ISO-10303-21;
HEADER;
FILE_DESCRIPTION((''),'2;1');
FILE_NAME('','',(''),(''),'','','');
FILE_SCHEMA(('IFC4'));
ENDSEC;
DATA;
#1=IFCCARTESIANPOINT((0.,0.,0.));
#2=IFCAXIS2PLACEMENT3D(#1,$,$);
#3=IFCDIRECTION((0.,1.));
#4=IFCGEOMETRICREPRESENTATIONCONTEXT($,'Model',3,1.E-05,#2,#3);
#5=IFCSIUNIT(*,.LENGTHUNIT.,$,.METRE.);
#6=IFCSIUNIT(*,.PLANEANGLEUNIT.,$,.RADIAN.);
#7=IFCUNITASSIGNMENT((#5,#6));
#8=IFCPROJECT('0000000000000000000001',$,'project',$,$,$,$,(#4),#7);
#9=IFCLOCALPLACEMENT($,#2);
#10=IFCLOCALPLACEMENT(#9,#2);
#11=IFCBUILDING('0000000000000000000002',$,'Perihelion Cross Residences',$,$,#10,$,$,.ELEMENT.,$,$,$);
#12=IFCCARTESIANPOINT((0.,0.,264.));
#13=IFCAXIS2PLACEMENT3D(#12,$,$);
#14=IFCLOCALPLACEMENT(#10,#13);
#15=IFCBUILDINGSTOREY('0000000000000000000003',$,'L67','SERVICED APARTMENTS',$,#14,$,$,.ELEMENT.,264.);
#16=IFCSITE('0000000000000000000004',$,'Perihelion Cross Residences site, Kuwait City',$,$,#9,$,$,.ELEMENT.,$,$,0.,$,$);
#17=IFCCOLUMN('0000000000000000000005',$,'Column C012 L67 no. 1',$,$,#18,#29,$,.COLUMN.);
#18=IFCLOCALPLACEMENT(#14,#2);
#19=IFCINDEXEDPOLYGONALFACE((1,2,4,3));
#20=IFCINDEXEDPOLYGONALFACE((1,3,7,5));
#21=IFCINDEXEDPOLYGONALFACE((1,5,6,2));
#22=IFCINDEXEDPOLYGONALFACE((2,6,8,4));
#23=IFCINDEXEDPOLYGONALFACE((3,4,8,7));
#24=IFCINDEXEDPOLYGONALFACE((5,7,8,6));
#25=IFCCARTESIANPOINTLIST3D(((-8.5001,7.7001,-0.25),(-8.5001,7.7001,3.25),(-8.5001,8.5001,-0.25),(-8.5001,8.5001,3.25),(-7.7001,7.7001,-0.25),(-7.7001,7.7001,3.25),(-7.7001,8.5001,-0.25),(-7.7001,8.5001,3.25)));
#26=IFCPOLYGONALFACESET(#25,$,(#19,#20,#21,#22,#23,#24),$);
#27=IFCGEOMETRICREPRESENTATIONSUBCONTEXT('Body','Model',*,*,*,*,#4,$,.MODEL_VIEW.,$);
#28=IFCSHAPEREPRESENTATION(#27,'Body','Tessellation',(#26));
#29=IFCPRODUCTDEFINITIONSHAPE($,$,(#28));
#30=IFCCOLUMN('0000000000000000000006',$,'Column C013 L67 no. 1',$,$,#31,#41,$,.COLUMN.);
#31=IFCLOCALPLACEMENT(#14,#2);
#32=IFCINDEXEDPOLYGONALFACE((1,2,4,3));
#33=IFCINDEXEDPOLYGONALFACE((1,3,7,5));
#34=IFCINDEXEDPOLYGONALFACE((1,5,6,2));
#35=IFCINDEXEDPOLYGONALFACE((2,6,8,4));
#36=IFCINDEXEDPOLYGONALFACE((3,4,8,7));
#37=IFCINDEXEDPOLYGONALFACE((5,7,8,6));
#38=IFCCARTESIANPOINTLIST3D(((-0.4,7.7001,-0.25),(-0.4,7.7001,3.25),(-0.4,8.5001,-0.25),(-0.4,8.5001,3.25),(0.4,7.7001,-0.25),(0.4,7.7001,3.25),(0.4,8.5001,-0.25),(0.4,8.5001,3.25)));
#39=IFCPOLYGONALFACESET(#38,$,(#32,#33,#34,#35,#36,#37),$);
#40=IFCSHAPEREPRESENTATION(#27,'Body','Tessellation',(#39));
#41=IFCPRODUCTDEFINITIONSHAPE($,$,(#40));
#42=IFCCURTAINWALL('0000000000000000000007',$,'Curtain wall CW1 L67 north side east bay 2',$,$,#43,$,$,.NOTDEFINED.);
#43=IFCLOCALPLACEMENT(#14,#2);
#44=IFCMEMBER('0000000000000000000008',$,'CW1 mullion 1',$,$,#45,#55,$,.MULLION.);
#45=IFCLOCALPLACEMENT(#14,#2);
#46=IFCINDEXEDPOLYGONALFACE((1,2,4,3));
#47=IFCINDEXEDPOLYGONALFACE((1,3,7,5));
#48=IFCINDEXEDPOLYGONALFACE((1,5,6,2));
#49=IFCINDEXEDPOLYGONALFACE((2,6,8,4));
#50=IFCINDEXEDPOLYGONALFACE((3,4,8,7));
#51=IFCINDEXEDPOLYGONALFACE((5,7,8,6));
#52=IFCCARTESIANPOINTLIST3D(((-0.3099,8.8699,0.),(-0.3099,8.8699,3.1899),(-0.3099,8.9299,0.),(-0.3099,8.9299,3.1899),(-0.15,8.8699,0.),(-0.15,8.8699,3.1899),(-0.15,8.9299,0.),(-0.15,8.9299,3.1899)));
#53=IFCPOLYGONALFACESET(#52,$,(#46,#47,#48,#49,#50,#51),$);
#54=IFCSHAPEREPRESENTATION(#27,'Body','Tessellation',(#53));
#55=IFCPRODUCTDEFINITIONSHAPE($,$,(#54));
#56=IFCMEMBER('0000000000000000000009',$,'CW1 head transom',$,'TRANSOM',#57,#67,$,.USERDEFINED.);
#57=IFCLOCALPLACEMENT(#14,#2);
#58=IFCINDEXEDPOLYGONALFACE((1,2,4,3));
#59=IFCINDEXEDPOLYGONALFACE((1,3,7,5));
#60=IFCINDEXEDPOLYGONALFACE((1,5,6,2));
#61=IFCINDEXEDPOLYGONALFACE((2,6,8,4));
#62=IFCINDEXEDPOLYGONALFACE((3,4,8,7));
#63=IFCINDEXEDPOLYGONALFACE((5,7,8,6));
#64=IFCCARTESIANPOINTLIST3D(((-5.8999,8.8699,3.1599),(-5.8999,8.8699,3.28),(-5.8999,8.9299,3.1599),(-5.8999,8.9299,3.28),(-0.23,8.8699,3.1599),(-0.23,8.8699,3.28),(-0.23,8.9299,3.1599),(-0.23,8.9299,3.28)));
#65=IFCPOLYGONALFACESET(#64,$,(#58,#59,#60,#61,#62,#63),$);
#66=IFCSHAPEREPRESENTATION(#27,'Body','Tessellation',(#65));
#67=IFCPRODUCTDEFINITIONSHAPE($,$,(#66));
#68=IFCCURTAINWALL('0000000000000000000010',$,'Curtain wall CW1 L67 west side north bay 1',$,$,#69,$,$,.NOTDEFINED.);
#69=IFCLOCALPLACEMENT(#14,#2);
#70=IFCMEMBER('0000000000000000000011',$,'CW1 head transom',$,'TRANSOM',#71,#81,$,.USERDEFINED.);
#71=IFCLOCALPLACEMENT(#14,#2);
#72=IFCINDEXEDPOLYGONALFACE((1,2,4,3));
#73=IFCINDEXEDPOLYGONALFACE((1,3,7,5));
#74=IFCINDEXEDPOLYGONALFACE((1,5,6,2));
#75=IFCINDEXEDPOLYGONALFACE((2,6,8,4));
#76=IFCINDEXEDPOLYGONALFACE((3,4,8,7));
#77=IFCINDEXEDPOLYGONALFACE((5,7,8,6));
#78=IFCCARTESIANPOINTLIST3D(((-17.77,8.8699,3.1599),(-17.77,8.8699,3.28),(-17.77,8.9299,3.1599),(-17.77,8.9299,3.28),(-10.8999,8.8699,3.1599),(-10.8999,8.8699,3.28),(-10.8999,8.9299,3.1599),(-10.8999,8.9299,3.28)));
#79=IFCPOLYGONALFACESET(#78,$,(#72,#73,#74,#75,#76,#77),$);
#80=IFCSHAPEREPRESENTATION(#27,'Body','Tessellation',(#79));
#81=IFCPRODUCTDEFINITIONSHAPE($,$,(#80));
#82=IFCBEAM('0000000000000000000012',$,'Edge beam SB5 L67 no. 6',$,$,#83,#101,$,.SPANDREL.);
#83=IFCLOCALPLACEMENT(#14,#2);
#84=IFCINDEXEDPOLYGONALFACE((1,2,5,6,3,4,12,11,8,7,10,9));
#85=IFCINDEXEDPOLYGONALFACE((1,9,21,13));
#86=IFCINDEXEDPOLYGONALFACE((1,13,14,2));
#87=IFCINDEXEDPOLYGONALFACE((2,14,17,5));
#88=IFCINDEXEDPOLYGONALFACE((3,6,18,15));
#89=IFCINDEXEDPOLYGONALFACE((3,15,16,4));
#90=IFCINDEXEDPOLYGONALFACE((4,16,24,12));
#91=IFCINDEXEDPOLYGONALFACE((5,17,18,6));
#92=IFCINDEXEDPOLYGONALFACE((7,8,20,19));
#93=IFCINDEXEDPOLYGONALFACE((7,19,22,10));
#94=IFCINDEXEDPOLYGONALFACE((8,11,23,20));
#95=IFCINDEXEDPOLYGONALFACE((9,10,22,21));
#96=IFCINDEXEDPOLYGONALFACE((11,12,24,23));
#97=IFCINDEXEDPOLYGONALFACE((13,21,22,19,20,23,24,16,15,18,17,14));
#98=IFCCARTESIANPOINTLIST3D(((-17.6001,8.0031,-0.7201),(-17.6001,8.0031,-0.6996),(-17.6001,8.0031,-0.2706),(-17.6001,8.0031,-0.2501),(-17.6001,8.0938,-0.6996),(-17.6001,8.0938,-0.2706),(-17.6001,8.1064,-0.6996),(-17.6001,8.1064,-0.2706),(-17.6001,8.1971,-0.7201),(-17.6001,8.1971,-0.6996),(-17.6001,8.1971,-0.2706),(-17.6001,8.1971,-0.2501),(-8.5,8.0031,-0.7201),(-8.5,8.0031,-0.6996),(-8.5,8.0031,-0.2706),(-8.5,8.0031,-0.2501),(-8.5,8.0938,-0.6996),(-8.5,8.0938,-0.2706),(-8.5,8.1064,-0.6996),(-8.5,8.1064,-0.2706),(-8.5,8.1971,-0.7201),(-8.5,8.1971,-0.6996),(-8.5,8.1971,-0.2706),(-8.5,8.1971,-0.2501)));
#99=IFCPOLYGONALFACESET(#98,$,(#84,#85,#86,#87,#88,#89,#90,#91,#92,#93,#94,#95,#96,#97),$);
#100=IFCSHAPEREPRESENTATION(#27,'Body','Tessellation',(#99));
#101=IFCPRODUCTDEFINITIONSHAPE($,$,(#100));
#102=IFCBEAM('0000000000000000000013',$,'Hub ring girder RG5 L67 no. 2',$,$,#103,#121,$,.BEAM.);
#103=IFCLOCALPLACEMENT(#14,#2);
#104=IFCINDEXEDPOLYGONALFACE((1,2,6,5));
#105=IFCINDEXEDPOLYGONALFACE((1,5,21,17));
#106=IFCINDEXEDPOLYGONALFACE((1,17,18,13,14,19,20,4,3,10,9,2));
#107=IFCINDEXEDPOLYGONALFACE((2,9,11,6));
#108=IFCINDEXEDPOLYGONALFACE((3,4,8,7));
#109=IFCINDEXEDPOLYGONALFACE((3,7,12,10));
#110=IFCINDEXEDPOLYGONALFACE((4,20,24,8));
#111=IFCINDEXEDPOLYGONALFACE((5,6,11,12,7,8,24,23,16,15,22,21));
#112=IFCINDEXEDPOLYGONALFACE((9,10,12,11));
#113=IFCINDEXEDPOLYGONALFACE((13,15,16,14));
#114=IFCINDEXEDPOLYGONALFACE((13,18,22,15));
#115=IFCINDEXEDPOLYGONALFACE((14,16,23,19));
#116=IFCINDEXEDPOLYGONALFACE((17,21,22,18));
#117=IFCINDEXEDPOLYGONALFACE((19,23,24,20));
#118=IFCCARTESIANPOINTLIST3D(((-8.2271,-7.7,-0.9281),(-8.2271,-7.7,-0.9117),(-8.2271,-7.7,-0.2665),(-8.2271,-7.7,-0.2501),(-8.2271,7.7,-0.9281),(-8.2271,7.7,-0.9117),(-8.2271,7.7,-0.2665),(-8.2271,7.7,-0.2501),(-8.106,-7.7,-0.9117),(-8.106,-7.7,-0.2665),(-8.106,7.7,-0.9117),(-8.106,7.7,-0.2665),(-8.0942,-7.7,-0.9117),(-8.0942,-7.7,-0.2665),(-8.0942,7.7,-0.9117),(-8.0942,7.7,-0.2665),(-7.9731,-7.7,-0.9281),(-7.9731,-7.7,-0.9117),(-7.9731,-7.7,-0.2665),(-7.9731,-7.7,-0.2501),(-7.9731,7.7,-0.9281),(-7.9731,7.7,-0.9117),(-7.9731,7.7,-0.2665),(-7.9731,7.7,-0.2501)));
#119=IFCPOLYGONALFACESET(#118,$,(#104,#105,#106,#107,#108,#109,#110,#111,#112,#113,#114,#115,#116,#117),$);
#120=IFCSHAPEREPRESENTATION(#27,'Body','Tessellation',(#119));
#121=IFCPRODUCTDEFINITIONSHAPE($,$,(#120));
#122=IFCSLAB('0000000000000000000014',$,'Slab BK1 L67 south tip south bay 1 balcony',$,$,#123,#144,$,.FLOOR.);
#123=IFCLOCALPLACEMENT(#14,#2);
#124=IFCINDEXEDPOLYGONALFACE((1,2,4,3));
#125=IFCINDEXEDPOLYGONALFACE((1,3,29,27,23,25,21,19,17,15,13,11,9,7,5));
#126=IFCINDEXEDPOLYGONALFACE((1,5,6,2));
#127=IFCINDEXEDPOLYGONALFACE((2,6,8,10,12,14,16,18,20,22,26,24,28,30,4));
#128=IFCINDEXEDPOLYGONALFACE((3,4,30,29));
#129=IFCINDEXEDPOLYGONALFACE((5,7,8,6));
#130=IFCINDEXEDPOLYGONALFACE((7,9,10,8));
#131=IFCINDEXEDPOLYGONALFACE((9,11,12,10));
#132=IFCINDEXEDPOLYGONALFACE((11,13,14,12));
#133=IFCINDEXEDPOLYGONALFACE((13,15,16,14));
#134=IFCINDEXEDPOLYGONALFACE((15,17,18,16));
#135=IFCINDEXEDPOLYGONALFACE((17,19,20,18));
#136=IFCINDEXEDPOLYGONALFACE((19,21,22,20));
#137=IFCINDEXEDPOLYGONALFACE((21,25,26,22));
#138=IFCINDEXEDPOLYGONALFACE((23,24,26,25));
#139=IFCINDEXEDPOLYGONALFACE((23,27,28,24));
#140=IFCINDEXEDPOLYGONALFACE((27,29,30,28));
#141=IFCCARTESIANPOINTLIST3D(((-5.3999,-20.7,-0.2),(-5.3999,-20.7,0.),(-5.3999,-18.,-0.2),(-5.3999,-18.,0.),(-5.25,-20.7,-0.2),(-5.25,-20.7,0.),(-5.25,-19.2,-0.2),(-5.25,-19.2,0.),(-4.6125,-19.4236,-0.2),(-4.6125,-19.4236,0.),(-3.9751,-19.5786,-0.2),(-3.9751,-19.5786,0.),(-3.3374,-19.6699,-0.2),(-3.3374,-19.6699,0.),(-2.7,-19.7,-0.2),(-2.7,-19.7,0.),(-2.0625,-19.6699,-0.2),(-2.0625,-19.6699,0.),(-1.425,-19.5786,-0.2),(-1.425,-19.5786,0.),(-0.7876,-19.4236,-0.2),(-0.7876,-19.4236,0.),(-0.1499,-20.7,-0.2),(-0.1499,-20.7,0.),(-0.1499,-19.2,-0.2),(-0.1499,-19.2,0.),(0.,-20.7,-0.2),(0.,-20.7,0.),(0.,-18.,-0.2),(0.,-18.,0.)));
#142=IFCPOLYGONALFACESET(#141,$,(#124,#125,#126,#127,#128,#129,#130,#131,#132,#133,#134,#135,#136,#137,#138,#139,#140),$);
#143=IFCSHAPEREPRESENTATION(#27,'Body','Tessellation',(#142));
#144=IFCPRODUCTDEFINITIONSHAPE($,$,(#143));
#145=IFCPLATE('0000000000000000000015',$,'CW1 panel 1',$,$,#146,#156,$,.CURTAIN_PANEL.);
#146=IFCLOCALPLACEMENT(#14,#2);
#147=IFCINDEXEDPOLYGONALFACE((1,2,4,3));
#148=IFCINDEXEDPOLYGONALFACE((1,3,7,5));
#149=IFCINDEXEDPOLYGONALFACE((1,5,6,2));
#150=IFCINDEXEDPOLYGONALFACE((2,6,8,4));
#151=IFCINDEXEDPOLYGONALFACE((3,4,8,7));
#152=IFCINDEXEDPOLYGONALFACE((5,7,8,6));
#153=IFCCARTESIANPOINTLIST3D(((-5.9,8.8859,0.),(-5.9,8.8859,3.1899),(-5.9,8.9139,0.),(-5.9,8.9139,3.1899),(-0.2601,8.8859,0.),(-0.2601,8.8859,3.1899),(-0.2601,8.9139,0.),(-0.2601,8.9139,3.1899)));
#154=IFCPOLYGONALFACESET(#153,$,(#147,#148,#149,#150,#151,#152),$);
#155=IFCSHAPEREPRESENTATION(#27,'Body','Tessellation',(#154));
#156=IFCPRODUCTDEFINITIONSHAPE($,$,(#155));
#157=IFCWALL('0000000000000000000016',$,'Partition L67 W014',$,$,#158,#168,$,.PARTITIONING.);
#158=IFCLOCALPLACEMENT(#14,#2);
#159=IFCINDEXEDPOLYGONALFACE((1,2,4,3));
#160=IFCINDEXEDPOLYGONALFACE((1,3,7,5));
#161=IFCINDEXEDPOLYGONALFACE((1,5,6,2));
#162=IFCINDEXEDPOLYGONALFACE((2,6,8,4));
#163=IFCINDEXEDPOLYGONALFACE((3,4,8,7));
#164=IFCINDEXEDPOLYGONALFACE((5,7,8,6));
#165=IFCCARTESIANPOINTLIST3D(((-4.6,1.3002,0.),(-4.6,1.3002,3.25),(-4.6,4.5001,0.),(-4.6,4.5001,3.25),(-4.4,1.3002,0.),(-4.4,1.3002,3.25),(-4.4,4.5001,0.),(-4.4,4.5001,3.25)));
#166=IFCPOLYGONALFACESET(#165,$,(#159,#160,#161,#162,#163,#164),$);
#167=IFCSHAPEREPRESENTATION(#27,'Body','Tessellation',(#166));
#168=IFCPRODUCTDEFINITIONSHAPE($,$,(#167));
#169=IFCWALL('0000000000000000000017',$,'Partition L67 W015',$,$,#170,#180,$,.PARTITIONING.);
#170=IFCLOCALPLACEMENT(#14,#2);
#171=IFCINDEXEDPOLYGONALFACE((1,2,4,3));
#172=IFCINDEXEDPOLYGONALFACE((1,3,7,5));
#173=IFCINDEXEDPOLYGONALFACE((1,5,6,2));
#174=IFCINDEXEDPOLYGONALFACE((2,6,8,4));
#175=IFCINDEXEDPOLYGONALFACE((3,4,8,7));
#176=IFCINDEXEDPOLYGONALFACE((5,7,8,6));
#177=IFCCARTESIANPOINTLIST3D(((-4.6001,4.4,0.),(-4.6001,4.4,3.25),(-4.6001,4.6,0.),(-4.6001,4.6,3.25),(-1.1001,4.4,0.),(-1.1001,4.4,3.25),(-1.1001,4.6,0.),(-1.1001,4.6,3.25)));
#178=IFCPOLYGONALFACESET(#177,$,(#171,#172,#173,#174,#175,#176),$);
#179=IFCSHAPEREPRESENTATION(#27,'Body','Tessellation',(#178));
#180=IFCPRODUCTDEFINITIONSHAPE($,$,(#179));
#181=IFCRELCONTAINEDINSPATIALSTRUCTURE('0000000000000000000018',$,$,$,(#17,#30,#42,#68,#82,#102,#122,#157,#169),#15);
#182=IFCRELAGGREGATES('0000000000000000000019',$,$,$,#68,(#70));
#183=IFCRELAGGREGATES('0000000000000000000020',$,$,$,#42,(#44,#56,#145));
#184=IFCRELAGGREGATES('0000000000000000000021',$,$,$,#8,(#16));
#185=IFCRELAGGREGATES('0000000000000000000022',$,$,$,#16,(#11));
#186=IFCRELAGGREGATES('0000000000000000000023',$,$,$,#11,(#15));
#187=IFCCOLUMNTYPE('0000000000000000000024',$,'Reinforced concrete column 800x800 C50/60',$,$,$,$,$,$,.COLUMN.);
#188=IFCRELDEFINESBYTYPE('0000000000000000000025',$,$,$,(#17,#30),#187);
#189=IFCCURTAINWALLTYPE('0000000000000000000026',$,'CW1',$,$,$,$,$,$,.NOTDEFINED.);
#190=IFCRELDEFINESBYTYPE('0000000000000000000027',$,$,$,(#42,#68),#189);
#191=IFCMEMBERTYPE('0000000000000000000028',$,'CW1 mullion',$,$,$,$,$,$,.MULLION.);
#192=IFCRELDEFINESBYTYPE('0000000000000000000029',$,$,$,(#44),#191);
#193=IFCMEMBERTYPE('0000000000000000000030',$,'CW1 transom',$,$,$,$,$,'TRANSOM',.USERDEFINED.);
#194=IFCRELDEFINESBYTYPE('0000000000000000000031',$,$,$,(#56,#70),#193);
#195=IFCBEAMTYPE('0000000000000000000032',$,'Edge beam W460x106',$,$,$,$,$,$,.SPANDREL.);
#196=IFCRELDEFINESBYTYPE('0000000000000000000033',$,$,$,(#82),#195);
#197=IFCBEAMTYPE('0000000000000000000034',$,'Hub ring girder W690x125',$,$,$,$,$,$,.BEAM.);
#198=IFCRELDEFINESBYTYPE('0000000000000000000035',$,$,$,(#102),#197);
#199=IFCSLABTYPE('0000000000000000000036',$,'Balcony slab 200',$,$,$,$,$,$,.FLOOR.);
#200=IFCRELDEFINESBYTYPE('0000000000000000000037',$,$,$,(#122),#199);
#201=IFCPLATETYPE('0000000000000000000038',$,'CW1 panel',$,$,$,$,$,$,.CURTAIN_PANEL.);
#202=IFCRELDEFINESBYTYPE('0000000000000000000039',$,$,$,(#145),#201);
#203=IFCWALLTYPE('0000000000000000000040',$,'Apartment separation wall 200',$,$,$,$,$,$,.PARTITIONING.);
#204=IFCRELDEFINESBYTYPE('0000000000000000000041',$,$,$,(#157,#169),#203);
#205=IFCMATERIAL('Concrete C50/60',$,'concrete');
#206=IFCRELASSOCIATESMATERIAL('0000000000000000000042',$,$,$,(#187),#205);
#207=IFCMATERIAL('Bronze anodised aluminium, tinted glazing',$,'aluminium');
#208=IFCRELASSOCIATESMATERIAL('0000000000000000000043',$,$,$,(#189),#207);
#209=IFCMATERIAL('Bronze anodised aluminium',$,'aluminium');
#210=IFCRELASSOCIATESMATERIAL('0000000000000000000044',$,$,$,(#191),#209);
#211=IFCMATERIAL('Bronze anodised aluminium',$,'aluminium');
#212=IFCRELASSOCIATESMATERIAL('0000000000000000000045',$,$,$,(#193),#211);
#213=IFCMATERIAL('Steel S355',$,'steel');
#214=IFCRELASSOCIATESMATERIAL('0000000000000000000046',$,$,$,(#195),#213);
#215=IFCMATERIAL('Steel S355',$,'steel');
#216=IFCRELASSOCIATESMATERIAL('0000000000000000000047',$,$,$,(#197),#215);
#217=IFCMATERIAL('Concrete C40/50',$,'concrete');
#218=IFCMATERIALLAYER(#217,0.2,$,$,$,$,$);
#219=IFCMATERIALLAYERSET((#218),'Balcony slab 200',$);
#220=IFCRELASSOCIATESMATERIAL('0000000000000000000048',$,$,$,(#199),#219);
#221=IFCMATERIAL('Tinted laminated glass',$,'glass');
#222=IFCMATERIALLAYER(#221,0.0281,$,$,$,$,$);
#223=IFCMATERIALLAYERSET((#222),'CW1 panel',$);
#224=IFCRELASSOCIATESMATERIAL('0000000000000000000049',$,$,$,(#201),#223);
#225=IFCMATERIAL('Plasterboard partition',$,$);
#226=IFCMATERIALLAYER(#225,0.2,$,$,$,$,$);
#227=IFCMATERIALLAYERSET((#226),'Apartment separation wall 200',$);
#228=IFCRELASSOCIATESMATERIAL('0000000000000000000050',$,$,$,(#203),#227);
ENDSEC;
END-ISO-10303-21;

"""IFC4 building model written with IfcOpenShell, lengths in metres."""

from ifc_helpers import new_model, si_unit, direction, frame, frame_2d, origin, origin_2d, place, context, subcontext, project, spatial, polyline, rectangle, i_section, outline, extrude, material, layer, layer_set, material_profile, profile_set, type_object, element, aggregate, save


model = new_model("IFC4")

# Units and contexts
model_context = context("Model", 3, precision=1e-05, world=origin(), true_north=direction((0.0, 1.0)))
body_context = subcontext(model_context, "Body", "Model", "MODEL_VIEW")
ifc_project = project(units=[si_unit("LENGTHUNIT", "METRE"), si_unit("PLANEANGLEUNIT", "RADIAN")], contexts=[model_context])

# Site, building, storey
site_placement = place(None, origin())
site = spatial("IfcSite", under=ifc_project, at=site_placement, Name="Perihelion Cross Residences site, Kuwait City", CompositionType="ELEMENT", RefElevation=0.0)
building_placement = place(site_placement, origin())
building = spatial("IfcBuilding", under=site, at=building_placement, Name="Perihelion Cross Residences", CompositionType="ELEMENT")
storey_placement = place(building_placement, frame((0.0, 0.0, 264.0)))
storey = spatial("IfcBuildingStorey", under=building, at=storey_placement, Name="L67", Description="SERVICED APARTMENTS", CompositionType="ELEMENT", Elevation=264.0)

# Columns
ifc_material_1 = material(Name="Concrete C50/60", Category="concrete")
ifc_material_profile_1 = material_profile(ifc_material_1, rectangle(XDim=0.8, YDim=0.8, at=origin_2d()), Name="RC 800x800")
ifc_profile_set_1 = profile_set([ifc_material_profile_1], Name="Concrete C50/60")
column_type = type_object("IfcColumnType", Name="Reinforced concrete column 800x800 C50/60", PredefinedType="COLUMN", material=ifc_profile_set_1)
for number, where, z_axis, x_axis, name in (
    (1, (-8.1001, 8.1001, -0.25), (0.0, 0.0, 1.0), (1.0, 0.0, 0.0), "Column C012 L67 no. 1"),
    (2, (0.0, 8.1001, -0.25), (0.0, 0.0, 1.0), (1.0, 0.0, 0.0), "Column C013 L67 no. 1"),
):
    element("IfcColumn", number, at=place(storey_placement, frame(where, z_axis=z_axis, x_axis=x_axis)), inside=storey, type_object=column_type, Name=name, PredefinedType="COLUMN", context=body_context, shape_type="SweptSolid", body=[
        extrude(rectangle(XDim=0.8, YDim=0.8, at=origin_2d()), origin(), (0.0, 0.0, 1.0), 3.5),
    ])

# Curtain wall, members
ifc_material_2 = material(Name="Bronze anodised aluminium, tinted glazing", Category="aluminium")
curtain_wall_type = type_object("IfcCurtainWallType", Name="CW1", PredefinedType="NOTDEFINED", material=ifc_material_2)
curtain_wall_1_placement = place(storey_placement, origin())
curtain_wall_1 = element("IfcCurtainWall", 3, at=curtain_wall_1_placement, inside=storey, type_object=curtain_wall_type, Name="Curtain wall CW1 L67 north side east bay 2", PredefinedType="NOTDEFINED")
ifc_material_3 = material(Name="Bronze anodised aluminium", Category="aluminium")
ifc_material_profile_2 = material_profile(ifc_material_3, rectangle(XDim=0.0601, YDim=0.1599, at=origin_2d()), Name="CW1 mullion")
ifc_profile_set_2 = profile_set([ifc_material_profile_2], Name="Bronze anodised aluminium")
member_type_1 = type_object("IfcMemberType", Name="CW1 mullion", PredefinedType="MULLION", material=ifc_profile_set_2)
member_1_placement = place(storey_placement, frame((-0.23, 8.8999, 0.0), z_axis=(0.0, 0.0, 1.0), x_axis=(0.0, -1.0, 0.0)))
member_1 = element("IfcMember", 4, at=member_1_placement, type_object=member_type_1, Name="CW1 mullion 1", PredefinedType="MULLION", context=body_context, shape_type="SweptSolid", body=[
    extrude(rectangle(XDim=0.0601, YDim=0.1599, at=origin_2d()), origin(), (0.0, 0.0, 1.0), 3.1899),
])
ifc_material_4 = material(Name="Bronze anodised aluminium", Category="aluminium")
ifc_material_profile_3 = material_profile(ifc_material_4, rectangle(XDim=0.0601, YDim=0.1201, at=origin_2d()), Name="CW1 transom")
ifc_profile_set_3 = profile_set([ifc_material_profile_3], Name="Bronze anodised aluminium")
member_type_2 = type_object("IfcMemberType", Name="CW1 transom", ElementType="TRANSOM", PredefinedType="USERDEFINED", material=ifc_profile_set_3)
member_2_placement = place(storey_placement, frame((-0.23, 8.8999, 3.22), z_axis=(-1.0, 0.0, 0.0), x_axis=(0.0, -1.0, 0.0)))
member_2 = element("IfcMember", 5, at=member_2_placement, type_object=member_type_2, Name="CW1 head transom", ObjectType="TRANSOM", PredefinedType="USERDEFINED", context=body_context, shape_type="SweptSolid", body=[
    extrude(rectangle(XDim=0.0601, YDim=0.1201, at=origin_2d()), origin(), (0.0, 0.0, 1.0), 5.6699),
])

# Curtain wall, member
curtain_wall_2_placement = place(storey_placement, origin())
curtain_wall_2 = element("IfcCurtainWall", 6, at=curtain_wall_2_placement, inside=storey, type_object=curtain_wall_type, Name="Curtain wall CW1 L67 west side north bay 1", PredefinedType="NOTDEFINED")
member_3_placement = place(storey_placement, frame((-10.8999, 8.8999, 3.22), z_axis=(-1.0, 0.0, 0.0), x_axis=(0.0, -1.0, 0.0)))
member_3 = element("IfcMember", 7, at=member_3_placement, type_object=member_type_2, Name="CW1 head transom", ObjectType="TRANSOM", PredefinedType="USERDEFINED", context=body_context, shape_type="SweptSolid", body=[
    extrude(rectangle(XDim=0.0601, YDim=0.1201, at=origin_2d()), origin(), (0.0, 0.0, 1.0), 6.8701),
])
aggregate(curtain_wall_2, [member_3])

# Beams
ifc_material_5 = material(Name="Steel S355", Category="steel")
ifc_material_profile_4 = material_profile(ifc_material_5, i_section(OverallWidth=0.1941, OverallDepth=0.47, WebThickness=0.0127, FlangeThickness=0.0205, at=origin_2d()), Name="W460x106")
ifc_profile_set_4 = profile_set([ifc_material_profile_4], Name="Steel S355")
beam_type_1 = type_object("IfcBeamType", Name="Edge beam W460x106", PredefinedType="SPANDREL", material=ifc_profile_set_4)
beam_1_placement = place(storey_placement, frame((-8.5, 8.1001, -0.4851), z_axis=(-1.0, 0.0, 0.0), x_axis=(0.0, -1.0, 0.0)))
element("IfcBeam", 8, at=beam_1_placement, inside=storey, type_object=beam_type_1, Name="Edge beam SB5 L67 no. 6", PredefinedType="SPANDREL", context=body_context, shape_type="SweptSolid", body=[
    extrude(i_section(OverallWidth=0.1941, OverallDepth=0.47, WebThickness=0.0127, FlangeThickness=0.0205, at=origin_2d()), origin(), (0.0, 0.0, 1.0), 9.1001),
])
ifc_material_6 = material(Name="Steel S355", Category="steel")
ifc_material_profile_5 = material_profile(ifc_material_6, i_section(OverallWidth=0.2539, OverallDepth=0.678, WebThickness=0.0117, FlangeThickness=0.0164, at=origin_2d()), Name="W690x125")
ifc_profile_set_5 = profile_set([ifc_material_profile_5], Name="Steel S355")
beam_type_2 = type_object("IfcBeamType", Name="Hub ring girder W690x125", PredefinedType="BEAM", material=ifc_profile_set_5)
beam_2_placement = place(storey_placement, frame((-8.1001, 7.7, -0.5891), z_axis=(0.0, -1.0, 0.0), x_axis=(1.0, 0.0, 0.0)))
element("IfcBeam", 9, at=beam_2_placement, inside=storey, type_object=beam_type_2, Name="Hub ring girder RG5 L67 no. 2", PredefinedType="BEAM", context=body_context, shape_type="SweptSolid", body=[
    extrude(i_section(OverallWidth=0.2539, OverallDepth=0.678, WebThickness=0.0117, FlangeThickness=0.0164, at=origin_2d()), origin(), (0.0, 0.0, 1.0), 15.3999),
])

# Slab
ifc_material_7 = material(Name="Concrete C40/50", Category="concrete")
ifc_layer_1 = layer(ifc_material_7, 0.2)
ifc_layer_set_1 = layer_set([ifc_layer_1], Name="Balcony slab 200")
slab_type = type_object("IfcSlabType", Name="Balcony slab 200", PredefinedType="FLOOR", material=ifc_layer_set_1)
slab_placement = place(storey_placement, frame((0.0, 0.0, -0.2)))
element("IfcSlab", 10, at=slab_placement, inside=storey, type_object=slab_type, Name="Slab BK1 L67 south tip south bay 1 balcony", PredefinedType="FLOOR", context=body_context, shape_type="SweptSolid", body=[
    extrude(outline(polyline([(-5.3999, -18.0), (0.0, -18.0), (0.0, -20.7), (-0.1499, -20.7), (-0.1499, -19.2), (-0.7876, -19.4236), (-1.425, -19.5786), (-2.0625, -19.6699), (-2.7, -19.7), (-3.3374, -19.6699), (-3.9751, -19.5786), (-4.6125, -19.4236), (-5.25, -19.2), (-5.25, -20.7), (-5.3999, -20.7), (-5.3999, -18.0)])), origin(), (0.0, 0.0, 1.0), 0.2),
])

# Plate
ifc_material_8 = material(Name="Tinted laminated glass", Category="glass")
ifc_layer_2 = layer(ifc_material_8, 0.0281)
ifc_layer_set_2 = layer_set([ifc_layer_2], Name="CW1 panel")
plate_type = type_object("IfcPlateType", Name="CW1 panel", PredefinedType="CURTAIN_PANEL", material=ifc_layer_set_2)
plate_placement = place(storey_placement, frame((-3.0801, 8.8999, 0.0), z_axis=(0.0, 0.0, 1.0), x_axis=(-1.0, 0.0, 0.0)))
plate = element("IfcPlate", 11, at=plate_placement, type_object=plate_type, Name="CW1 panel 1", PredefinedType="CURTAIN_PANEL", context=body_context, shape_type="SweptSolid", body=[
    extrude(rectangle(XDim=5.6399, YDim=0.0281, at=origin_2d()), origin(), (0.0, 0.0, 1.0), 3.1899),
])
aggregate(curtain_wall_1, [member_1, member_2, plate])

# Walls
ifc_material_9 = material(Name="Plasterboard partition")
ifc_layer_3 = layer(ifc_material_9, 0.2)
ifc_layer_set_3 = layer_set([ifc_layer_3], Name="Apartment separation wall 200")
wall_type_1 = type_object("IfcWallType", Name="Apartment separation wall 200", PredefinedType="PARTITIONING", material=ifc_layer_set_3)
wall_1_placement = place(storey_placement, frame((-4.5, 1.3, 0.0), z_axis=(0.0, 0.0, 1.0), x_axis=(0.0, 1.0, 0.0)))
element("IfcWall", 12, at=wall_1_placement, inside=storey, type_object=wall_type_1, Name="Partition L67 W014", PredefinedType="PARTITIONING", context=body_context, shape_type="SweptSolid", body=[
    extrude(rectangle(XDim=3.2, YDim=0.2, at=frame_2d((1.6001, 0.0))), origin(), (0.0, 0.0, 1.0), 3.25),
])
wall_2_placement = place(storey_placement, frame((-4.6001, 4.5, 0.0), z_axis=(0.0, 0.0, 1.0), x_axis=(1.0, 0.0, 0.0)))
element("IfcWall", 13, at=wall_2_placement, inside=storey, type_object=wall_type_1, Name="Partition L67 W015", PredefinedType="PARTITIONING", context=body_context, shape_type="SweptSolid", body=[
    extrude(rectangle(XDim=3.5, YDim=0.2, at=frame_2d((1.75, 0.0))), origin(), (0.0, 0.0, 1.0), 3.25),
])

save(model, "model.ifc")
